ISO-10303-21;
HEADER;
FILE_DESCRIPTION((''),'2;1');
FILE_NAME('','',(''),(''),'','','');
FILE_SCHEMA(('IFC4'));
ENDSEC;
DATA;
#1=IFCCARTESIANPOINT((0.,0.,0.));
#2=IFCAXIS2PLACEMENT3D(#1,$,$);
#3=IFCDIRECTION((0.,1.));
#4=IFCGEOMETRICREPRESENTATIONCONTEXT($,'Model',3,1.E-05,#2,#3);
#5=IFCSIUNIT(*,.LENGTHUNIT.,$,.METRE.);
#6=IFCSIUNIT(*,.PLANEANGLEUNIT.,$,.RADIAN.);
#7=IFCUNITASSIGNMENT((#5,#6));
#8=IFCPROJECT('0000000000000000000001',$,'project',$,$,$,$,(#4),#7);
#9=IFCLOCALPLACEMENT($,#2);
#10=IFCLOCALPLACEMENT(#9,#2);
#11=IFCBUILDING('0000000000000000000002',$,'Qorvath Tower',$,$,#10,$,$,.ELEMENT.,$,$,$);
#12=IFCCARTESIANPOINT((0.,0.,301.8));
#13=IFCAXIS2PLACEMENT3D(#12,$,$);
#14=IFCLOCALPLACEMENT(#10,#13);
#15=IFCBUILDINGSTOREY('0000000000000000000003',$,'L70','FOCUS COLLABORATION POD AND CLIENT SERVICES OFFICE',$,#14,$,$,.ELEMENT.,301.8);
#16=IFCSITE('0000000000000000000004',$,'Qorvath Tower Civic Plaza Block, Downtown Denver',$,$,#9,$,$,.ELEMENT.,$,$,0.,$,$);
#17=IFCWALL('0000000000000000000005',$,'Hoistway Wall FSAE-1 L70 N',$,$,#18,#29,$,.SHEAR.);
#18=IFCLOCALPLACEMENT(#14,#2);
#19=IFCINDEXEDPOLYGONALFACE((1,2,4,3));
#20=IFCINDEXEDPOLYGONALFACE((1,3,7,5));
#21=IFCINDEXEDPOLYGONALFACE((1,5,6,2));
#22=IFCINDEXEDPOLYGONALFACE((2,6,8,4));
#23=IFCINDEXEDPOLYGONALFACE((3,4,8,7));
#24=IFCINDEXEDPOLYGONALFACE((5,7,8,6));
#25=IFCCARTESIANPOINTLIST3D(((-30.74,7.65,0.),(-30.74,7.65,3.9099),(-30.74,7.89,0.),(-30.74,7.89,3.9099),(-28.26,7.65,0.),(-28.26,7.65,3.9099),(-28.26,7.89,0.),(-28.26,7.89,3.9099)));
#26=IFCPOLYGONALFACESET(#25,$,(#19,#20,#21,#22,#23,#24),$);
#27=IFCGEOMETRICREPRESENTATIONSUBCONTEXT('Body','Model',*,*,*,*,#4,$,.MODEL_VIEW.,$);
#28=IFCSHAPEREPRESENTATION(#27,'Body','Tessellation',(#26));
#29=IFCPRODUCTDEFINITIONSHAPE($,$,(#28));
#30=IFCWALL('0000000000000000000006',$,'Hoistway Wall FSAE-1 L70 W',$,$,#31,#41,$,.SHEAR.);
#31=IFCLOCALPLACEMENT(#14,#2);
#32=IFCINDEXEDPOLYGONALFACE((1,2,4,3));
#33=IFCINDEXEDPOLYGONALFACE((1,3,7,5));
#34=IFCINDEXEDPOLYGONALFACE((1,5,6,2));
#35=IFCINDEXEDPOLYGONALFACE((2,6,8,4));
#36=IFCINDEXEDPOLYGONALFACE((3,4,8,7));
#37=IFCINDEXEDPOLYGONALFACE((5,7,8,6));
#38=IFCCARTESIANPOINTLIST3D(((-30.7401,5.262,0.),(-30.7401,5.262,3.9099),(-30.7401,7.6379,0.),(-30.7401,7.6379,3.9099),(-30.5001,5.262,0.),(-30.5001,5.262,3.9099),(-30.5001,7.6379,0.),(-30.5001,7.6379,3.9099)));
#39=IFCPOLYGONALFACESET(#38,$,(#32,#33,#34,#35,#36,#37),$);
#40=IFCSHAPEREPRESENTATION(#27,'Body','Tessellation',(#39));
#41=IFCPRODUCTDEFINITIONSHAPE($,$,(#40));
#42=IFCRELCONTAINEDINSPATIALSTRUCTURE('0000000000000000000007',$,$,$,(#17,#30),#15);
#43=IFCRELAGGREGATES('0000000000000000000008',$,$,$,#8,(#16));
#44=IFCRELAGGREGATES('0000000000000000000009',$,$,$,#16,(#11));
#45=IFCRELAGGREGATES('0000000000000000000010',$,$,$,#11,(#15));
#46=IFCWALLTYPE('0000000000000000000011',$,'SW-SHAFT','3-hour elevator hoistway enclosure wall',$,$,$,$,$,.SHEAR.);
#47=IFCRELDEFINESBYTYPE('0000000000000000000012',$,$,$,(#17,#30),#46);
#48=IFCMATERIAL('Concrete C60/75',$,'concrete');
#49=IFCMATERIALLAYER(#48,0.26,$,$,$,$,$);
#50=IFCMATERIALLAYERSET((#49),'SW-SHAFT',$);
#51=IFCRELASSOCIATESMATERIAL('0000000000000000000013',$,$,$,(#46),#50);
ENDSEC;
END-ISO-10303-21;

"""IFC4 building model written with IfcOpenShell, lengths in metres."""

from ifc_helpers import new_model, si_unit, direction, frame, frame_2d, origin, place, context, subcontext, project, spatial, rectangle, extrude, material, layer, layer_set, type_object, element, save


model = new_model("IFC4")

# Units and contexts
model_context = context("Model", 3, precision=1e-05, world=origin(), true_north=direction((0.0, 1.0)))
body_context = subcontext(model_context, "Body", "Model", "MODEL_VIEW")
ifc_project = project(units=[si_unit("LENGTHUNIT", "METRE"), si_unit("PLANEANGLEUNIT", "RADIAN")], contexts=[model_context])

# Site, building, storey
site_placement = place(None, origin())
site = spatial("IfcSite", under=ifc_project, at=site_placement, Name="Qorvath Tower Civic Plaza Block, Downtown Denver", CompositionType="ELEMENT", RefElevation=0.0)
building_placement = place(site_placement, origin())
building = spatial("IfcBuilding", under=site, at=building_placement, Name="Qorvath Tower", CompositionType="ELEMENT")
storey_placement = place(building_placement, frame((0.0, 0.0, 301.8)))
storey = spatial("IfcBuildingStorey", under=building, at=storey_placement, Name="L70", Description="FOCUS COLLABORATION POD AND CLIENT SERVICES OFFICE", CompositionType="ELEMENT", Elevation=301.8)

# Walls
ifc_material_1 = material(Name="Concrete C60/75", Category="concrete")
ifc_layer_1 = layer(ifc_material_1, 0.26)
ifc_layer_set_1 = layer_set([ifc_layer_1], Name="SW-SHAFT")
wall_type_1 = type_object("IfcWallType", Name="SW-SHAFT", Description="3-hour elevator hoistway enclosure wall", PredefinedType="SHEAR", material=ifc_layer_set_1)
wall_1_placement = place(storey_placement, frame((-30.74, 7.77, 0.0), z_axis=(0.0, 0.0, 1.0), x_axis=(1.0, 0.0, 0.0)))
element("IfcWall", 1, at=wall_1_placement, inside=storey, type_object=wall_type_1, Name="Hoistway Wall FSAE-1 L70 N", PredefinedType="SHEAR", context=body_context, shape_type="SweptSolid", body=[
    extrude(rectangle(XDim=2.48, YDim=0.24, at=frame_2d((1.24, 0.0))), origin(), (0.0, 0.0, 1.0), 3.9099),
])
wall_2_placement = place(storey_placement, frame((-30.6201, 5.262, 0.0), z_axis=(0.0, 0.0, 1.0), x_axis=(0.0, 1.0, 0.0)))
element("IfcWall", 2, at=wall_2_placement, inside=storey, type_object=wall_type_1, Name="Hoistway Wall FSAE-1 L70 W", PredefinedType="SHEAR", context=body_context, shape_type="SweptSolid", body=[
    extrude(rectangle(XDim=2.376, YDim=0.24, at=frame_2d((1.188, 0.0))), origin(), (0.0, 0.0, 1.0), 3.9099),
])

save(model, "model.ifc")
